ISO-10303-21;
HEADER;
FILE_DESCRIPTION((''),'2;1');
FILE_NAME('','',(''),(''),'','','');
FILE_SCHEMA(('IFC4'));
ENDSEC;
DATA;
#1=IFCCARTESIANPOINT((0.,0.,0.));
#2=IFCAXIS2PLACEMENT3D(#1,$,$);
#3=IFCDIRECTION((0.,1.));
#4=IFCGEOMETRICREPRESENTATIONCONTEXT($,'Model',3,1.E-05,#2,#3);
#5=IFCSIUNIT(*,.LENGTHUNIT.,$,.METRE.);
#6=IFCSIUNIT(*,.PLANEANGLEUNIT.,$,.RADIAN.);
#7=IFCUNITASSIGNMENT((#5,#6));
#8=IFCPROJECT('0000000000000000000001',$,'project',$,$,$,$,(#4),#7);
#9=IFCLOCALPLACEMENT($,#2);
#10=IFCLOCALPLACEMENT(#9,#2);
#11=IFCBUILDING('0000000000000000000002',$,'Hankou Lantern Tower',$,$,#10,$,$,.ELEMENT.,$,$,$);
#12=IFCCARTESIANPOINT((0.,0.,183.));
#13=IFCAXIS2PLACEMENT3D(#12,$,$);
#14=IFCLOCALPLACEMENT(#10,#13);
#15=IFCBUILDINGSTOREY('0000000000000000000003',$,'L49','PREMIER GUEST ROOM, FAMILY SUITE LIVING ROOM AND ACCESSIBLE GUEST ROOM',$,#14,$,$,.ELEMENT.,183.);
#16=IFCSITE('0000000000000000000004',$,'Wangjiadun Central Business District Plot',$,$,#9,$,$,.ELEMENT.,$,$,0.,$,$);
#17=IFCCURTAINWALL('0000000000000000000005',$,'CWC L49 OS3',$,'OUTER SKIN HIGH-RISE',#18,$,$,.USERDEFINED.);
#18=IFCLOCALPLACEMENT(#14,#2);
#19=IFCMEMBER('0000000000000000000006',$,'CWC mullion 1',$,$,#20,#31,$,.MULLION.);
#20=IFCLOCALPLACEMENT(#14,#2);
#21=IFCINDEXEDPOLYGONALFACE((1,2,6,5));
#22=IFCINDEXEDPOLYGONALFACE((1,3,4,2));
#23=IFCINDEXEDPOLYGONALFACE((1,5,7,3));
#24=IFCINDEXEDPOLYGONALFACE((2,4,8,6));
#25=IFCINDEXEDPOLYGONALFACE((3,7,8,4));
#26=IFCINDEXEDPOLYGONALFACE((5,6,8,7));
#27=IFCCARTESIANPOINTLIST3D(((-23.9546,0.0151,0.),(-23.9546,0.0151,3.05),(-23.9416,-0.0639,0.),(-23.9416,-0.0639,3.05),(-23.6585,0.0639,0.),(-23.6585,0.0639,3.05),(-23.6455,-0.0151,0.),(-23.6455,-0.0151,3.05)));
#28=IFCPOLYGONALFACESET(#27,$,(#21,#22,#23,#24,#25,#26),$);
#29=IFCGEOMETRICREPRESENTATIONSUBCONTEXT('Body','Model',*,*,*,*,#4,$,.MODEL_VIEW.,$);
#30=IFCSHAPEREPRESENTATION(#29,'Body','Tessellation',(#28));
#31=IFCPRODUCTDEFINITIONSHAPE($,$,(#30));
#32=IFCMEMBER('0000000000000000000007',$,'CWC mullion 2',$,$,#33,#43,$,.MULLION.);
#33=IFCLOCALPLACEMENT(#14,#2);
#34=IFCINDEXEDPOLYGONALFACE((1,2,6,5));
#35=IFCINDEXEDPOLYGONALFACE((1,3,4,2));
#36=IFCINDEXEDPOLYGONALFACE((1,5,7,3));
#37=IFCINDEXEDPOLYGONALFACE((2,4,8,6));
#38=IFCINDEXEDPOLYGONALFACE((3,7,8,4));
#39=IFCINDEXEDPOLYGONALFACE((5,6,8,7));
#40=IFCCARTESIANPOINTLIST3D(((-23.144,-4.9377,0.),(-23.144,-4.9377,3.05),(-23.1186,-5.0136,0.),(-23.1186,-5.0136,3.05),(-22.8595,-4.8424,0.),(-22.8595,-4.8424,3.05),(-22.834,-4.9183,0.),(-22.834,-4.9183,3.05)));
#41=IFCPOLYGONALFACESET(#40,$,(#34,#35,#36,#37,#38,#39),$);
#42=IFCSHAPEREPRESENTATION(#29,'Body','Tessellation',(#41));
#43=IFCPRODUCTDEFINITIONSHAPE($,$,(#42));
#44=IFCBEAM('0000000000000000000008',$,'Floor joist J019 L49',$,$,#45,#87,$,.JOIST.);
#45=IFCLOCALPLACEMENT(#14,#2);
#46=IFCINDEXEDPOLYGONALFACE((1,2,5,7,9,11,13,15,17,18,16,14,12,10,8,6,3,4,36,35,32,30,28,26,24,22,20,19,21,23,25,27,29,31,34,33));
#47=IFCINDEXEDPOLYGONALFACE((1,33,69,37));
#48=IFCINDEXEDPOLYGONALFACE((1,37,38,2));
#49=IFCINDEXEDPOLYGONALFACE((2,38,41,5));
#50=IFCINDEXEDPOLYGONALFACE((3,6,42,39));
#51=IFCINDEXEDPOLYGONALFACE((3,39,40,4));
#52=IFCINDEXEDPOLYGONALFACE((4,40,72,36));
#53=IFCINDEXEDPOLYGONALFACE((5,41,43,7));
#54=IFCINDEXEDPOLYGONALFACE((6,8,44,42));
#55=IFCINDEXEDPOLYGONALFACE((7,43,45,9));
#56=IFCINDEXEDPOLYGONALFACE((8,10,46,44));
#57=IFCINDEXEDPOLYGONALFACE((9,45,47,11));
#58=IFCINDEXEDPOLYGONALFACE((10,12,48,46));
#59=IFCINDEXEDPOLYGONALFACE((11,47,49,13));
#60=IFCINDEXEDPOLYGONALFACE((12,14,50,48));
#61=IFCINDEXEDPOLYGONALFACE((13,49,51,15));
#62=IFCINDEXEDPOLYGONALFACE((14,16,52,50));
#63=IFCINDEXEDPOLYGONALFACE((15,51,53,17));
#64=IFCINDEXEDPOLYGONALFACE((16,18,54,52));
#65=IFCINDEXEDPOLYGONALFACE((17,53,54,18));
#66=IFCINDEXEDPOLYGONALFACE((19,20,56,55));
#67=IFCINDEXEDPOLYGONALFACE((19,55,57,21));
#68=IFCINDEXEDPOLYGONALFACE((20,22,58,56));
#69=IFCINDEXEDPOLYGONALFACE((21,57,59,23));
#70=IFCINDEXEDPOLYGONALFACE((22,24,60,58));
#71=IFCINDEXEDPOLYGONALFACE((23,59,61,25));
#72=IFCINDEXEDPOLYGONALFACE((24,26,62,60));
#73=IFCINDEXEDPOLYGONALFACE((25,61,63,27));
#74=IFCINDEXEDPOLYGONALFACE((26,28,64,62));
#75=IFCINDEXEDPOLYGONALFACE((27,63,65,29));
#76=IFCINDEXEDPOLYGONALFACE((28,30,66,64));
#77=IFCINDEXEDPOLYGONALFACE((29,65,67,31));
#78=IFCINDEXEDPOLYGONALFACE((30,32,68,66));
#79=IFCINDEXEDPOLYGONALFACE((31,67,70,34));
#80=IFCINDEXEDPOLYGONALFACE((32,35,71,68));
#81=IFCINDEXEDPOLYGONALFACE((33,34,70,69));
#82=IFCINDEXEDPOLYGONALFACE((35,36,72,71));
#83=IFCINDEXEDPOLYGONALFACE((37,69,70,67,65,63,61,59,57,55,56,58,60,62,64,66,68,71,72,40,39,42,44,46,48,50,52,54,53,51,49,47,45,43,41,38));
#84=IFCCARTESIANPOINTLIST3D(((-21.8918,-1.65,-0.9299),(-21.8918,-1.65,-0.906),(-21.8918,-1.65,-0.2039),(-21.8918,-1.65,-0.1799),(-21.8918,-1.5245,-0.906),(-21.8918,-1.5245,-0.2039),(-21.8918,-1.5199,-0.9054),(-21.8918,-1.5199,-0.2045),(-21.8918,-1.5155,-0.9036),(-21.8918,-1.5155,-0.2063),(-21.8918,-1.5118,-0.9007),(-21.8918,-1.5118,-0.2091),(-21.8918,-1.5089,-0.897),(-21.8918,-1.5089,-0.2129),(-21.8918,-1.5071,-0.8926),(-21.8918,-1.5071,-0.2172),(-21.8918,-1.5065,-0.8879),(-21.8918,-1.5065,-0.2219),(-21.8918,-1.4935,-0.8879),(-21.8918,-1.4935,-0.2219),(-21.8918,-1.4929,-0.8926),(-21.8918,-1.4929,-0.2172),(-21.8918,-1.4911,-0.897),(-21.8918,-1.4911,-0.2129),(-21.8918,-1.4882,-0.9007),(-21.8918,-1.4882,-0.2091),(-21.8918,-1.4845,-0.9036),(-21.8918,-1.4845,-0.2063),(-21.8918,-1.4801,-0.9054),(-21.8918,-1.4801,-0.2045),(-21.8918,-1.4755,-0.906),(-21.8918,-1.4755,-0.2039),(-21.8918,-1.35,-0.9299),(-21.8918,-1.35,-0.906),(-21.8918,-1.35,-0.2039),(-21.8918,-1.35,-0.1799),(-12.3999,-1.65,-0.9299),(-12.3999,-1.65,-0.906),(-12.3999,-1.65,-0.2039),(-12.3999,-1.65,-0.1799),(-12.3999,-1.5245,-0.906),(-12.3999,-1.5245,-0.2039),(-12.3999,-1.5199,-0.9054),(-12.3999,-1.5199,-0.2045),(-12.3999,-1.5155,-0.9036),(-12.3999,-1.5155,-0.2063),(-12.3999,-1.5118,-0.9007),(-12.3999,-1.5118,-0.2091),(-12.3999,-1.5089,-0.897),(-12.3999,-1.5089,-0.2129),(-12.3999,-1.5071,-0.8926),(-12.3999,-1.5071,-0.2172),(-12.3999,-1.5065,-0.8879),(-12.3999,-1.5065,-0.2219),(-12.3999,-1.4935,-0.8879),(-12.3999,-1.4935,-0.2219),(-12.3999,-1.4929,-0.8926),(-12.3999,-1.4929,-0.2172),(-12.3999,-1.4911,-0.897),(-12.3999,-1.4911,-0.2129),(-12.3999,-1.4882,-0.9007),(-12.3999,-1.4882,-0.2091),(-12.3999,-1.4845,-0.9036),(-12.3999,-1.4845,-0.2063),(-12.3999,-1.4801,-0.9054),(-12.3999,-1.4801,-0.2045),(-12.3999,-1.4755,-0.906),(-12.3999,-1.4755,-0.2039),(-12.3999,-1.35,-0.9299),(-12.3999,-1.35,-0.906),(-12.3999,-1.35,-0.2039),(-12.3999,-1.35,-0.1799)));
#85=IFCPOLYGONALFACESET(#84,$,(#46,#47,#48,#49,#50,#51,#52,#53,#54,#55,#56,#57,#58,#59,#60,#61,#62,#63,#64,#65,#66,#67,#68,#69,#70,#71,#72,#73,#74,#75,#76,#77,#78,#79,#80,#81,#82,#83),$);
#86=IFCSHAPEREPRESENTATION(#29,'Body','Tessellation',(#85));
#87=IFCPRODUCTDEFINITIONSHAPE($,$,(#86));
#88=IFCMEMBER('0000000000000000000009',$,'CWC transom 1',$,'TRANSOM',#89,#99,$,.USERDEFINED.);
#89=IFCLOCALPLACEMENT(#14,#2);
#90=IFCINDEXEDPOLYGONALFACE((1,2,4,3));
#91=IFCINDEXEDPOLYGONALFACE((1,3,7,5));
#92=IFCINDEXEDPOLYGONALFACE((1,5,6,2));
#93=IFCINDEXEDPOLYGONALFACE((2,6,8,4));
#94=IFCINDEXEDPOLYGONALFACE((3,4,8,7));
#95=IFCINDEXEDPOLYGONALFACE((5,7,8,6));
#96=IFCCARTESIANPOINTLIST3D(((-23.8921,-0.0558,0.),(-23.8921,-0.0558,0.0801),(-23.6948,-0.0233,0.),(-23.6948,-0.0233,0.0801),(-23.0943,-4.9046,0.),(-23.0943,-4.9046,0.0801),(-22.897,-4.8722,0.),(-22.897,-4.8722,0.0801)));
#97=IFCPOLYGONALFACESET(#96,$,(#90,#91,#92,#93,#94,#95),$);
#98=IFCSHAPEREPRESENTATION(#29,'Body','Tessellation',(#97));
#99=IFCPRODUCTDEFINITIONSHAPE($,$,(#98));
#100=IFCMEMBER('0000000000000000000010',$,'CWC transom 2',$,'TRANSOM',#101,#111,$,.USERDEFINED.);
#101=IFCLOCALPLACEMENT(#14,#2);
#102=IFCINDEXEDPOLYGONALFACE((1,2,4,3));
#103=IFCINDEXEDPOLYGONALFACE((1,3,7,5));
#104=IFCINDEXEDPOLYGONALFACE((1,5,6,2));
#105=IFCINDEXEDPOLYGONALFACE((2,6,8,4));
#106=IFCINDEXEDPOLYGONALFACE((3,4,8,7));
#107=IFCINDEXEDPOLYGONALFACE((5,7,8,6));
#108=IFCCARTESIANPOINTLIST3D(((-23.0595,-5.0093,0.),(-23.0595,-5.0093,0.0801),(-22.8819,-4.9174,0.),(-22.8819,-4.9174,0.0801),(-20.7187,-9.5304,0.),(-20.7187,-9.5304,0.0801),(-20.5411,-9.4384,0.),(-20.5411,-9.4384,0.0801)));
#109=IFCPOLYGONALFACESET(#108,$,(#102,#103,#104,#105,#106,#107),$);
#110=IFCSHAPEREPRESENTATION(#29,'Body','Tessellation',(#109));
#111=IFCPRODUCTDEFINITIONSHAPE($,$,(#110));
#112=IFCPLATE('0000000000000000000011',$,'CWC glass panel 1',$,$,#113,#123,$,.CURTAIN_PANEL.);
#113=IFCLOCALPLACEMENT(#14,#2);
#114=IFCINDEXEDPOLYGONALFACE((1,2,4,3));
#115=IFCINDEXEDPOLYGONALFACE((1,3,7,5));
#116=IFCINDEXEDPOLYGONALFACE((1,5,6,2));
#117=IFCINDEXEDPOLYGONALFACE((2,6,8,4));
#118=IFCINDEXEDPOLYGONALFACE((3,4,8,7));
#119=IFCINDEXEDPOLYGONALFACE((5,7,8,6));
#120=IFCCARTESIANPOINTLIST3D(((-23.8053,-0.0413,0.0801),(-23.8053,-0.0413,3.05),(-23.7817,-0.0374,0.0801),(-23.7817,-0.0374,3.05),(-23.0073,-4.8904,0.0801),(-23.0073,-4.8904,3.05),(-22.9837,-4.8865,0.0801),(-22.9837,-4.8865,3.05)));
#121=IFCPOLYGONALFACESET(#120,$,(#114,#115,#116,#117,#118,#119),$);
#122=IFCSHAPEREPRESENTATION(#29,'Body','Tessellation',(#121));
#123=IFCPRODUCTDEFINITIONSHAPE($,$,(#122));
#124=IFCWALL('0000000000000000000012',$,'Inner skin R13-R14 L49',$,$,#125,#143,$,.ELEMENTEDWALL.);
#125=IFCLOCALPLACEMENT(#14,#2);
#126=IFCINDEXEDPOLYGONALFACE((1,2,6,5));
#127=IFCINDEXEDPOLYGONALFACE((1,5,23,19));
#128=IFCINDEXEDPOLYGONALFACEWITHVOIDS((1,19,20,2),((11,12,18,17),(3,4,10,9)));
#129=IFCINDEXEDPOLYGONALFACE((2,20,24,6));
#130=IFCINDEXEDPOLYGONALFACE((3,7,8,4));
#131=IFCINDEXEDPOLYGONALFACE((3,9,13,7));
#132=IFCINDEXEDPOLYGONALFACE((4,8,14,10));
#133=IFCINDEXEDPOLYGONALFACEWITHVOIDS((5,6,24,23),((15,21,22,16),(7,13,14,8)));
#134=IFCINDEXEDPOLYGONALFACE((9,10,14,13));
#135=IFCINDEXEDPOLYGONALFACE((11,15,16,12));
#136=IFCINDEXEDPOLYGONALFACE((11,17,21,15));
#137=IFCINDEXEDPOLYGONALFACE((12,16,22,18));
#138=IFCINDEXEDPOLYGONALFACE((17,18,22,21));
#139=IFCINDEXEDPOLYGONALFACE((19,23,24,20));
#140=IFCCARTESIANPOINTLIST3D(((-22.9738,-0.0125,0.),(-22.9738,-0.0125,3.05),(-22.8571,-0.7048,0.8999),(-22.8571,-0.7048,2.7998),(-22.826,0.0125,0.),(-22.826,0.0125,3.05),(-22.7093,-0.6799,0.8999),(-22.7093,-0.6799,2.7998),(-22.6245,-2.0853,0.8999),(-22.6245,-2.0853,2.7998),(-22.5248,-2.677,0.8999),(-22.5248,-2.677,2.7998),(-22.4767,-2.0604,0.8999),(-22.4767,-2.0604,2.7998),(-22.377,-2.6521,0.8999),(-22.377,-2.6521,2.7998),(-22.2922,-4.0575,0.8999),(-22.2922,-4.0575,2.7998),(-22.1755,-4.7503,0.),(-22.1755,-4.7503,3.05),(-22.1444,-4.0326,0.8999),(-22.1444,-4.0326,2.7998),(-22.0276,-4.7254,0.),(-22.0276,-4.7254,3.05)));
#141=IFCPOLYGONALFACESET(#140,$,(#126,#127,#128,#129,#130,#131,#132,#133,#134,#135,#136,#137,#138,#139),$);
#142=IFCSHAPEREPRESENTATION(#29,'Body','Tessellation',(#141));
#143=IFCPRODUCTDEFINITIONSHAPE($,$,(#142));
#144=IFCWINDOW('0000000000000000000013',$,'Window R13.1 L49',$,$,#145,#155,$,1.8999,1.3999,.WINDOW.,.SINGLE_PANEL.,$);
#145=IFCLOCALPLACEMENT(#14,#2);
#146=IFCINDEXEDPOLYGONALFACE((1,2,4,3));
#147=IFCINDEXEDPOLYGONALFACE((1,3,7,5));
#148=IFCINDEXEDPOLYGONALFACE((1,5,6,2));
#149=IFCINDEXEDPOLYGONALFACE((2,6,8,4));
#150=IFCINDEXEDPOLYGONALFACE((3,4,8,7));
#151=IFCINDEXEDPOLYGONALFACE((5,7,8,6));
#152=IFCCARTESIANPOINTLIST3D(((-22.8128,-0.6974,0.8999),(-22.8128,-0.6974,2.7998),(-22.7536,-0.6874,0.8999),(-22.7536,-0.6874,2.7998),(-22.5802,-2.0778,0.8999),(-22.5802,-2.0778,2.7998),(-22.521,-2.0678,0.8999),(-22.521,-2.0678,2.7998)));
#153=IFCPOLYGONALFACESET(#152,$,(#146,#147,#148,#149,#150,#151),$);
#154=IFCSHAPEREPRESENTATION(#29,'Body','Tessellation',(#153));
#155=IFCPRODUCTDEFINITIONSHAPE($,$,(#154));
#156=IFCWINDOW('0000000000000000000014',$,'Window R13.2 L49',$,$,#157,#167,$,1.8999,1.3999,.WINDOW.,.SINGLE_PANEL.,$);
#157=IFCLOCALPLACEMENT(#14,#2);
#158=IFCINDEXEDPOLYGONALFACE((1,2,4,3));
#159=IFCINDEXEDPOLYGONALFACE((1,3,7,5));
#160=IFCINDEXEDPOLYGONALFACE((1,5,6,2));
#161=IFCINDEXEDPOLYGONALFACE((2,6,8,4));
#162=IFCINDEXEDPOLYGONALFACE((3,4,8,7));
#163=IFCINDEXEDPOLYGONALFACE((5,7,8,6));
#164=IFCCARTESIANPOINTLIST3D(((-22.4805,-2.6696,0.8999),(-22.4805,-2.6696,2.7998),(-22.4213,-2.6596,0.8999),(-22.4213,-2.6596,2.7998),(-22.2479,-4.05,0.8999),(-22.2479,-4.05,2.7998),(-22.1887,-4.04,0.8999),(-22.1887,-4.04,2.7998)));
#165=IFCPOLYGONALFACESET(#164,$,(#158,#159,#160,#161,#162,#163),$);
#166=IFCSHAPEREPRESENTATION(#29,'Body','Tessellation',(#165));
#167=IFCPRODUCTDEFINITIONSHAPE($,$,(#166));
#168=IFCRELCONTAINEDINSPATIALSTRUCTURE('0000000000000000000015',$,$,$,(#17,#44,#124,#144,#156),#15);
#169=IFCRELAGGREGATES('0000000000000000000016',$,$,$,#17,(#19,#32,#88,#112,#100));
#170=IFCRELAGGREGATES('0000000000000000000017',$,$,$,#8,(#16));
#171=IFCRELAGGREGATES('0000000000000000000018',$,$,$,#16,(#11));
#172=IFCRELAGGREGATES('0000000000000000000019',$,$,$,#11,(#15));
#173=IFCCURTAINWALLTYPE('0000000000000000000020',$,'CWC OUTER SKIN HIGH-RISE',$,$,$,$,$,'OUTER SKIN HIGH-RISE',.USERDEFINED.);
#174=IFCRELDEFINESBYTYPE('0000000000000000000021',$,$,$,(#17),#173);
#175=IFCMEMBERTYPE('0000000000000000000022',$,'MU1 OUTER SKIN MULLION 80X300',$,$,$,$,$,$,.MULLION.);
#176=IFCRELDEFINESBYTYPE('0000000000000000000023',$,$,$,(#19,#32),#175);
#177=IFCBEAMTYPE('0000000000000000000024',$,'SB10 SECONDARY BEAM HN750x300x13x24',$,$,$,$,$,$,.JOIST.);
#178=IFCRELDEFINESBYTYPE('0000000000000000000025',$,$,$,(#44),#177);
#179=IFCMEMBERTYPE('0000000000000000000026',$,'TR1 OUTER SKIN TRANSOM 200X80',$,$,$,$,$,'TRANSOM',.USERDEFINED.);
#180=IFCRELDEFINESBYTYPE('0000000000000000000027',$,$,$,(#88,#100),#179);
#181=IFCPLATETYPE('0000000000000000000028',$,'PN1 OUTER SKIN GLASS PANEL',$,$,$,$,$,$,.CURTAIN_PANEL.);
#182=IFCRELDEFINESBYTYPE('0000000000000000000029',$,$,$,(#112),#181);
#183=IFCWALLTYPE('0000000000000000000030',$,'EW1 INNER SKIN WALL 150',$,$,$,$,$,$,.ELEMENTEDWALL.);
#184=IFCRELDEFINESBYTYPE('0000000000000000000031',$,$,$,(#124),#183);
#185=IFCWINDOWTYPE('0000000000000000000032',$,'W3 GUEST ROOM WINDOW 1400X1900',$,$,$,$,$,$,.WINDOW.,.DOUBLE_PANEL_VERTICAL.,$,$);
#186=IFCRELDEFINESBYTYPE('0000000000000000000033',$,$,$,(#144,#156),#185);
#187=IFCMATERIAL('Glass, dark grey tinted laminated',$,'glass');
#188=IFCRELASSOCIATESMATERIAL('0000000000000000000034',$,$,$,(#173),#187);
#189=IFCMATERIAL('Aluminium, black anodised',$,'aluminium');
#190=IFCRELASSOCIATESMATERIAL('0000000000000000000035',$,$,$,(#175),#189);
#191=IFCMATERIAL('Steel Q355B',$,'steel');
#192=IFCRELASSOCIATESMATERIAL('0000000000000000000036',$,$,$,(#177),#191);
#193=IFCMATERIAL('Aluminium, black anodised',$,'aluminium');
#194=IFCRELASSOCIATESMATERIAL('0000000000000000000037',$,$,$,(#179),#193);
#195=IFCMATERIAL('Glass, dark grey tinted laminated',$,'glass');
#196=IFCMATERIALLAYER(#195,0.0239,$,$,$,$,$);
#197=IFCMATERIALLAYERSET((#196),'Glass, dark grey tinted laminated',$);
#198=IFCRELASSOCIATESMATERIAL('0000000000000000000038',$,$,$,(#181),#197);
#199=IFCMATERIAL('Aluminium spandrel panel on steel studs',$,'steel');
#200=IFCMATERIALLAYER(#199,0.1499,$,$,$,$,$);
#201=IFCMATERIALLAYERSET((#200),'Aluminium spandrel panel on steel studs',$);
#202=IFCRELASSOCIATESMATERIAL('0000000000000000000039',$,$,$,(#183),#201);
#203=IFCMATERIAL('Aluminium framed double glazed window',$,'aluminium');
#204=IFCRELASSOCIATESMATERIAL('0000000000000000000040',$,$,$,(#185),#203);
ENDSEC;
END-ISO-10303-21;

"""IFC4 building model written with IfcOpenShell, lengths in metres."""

from ifc_helpers import new_model, si_unit, direction, frame, frame_2d, origin, origin_2d, place, context, subcontext, project, spatial, rectangle, i_section, extrude, material, layer, layer_set, material_profile, profile_set, type_object, element, fill, aggregate, save


model = new_model("IFC4")

# Units and contexts
model_context = context("Model", 3, precision=1e-05, world=origin(), true_north=direction((0.0, 1.0)))
body_context = subcontext(model_context, "Body", "Model", "MODEL_VIEW")
ifc_project = project(units=[si_unit("LENGTHUNIT", "METRE"), si_unit("PLANEANGLEUNIT", "RADIAN")], contexts=[model_context])

# Site, building, storey
site_placement = place(None, origin())
site = spatial("IfcSite", under=ifc_project, at=site_placement, Name="Wangjiadun Central Business District Plot", CompositionType="ELEMENT", RefElevation=0.0)
building_placement = place(site_placement, origin())
building = spatial("IfcBuilding", under=site, at=building_placement, Name="Hankou Lantern Tower", CompositionType="ELEMENT")
storey_placement = place(building_placement, frame((0.0, 0.0, 183.0)))
storey = spatial("IfcBuildingStorey", under=building, at=storey_placement, Name="L49", Description="PREMIER GUEST ROOM, FAMILY SUITE LIVING ROOM AND ACCESSIBLE GUEST ROOM", CompositionType="ELEMENT", Elevation=183.0)

# Curtain wall, members
ifc_material_1 = material(Name="Glass, dark grey tinted laminated", Category="glass")
curtain_wall_type = type_object("IfcCurtainWallType", Name="CWC OUTER SKIN HIGH-RISE", ElementType="OUTER SKIN HIGH-RISE", PredefinedType="USERDEFINED", material=ifc_material_1)
curtain_wall_placement = place(storey_placement, origin())
curtain_wall = element("IfcCurtainWall", 1, at=curtain_wall_placement, inside=storey, type_object=curtain_wall_type, Name="CWC L49 OS3", ObjectType="OUTER SKIN HIGH-RISE", PredefinedType="USERDEFINED")
ifc_material_2 = material(Name="Aluminium, black anodised", Category="aluminium")
ifc_material_profile_1 = material_profile(ifc_material_2, rectangle(XDim=0.0801, YDim=0.3, at=origin_2d()), Name="MU1 80X300")
ifc_profile_set_1 = profile_set([ifc_material_profile_1], Name="Aluminium, black anodised")
member_type_1 = type_object("IfcMemberType", Name="MU1 OUTER SKIN MULLION 80X300", PredefinedType="MULLION", material=ifc_profile_set_1)
member_1_placement = place(storey_placement, frame((-23.8, 0.0, 0.0), z_axis=(0.0, 0.0, 1.0), x_axis=(0.162382, -0.986728, 0.0)))
member_1 = element("IfcMember", 2, at=member_1_placement, type_object=member_type_1, Name="CWC mullion 1", PredefinedType="MULLION", context=body_context, shape_type="SweptSolid", body=[
    extrude(rectangle(XDim=0.0801, YDim=0.3, at=origin_2d()), origin(), (0.0, 0.0, 1.0), 3.05),
])
member_2_placement = place(storey_placement, frame((-22.989, -4.928, 0.0), z_axis=(0.0, 0.0, 1.0), x_axis=(0.317596, -0.948226, 0.0)))
member_2 = element("IfcMember", 3, at=member_2_placement, type_object=member_type_1, Name="CWC mullion 2", PredefinedType="MULLION", context=body_context, shape_type="SweptSolid", body=[
    extrude(rectangle(XDim=0.0801, YDim=0.3, at=origin_2d()), origin(), (0.0, 0.0, 1.0), 3.05),
])

# Beam
ifc_material_3 = material(Name="Steel Q355B", Category="steel")
ifc_material_profile_2 = material_profile(ifc_material_3, i_section(OverallWidth=0.3, OverallDepth=0.75, WebThickness=0.0129, FlangeThickness=0.0239, FilletRadius=0.0181, at=origin_2d()), Name="HN750x300x13x24")
ifc_profile_set_2 = profile_set([ifc_material_profile_2], Name="Steel Q355B")
beam_type_1 = type_object("IfcBeamType", Name="SB10 SECONDARY BEAM HN750x300x13x24", PredefinedType="JOIST", material=ifc_profile_set_2)
beam_1_placement = place(storey_placement, frame((-21.8918, -1.5, -0.5549), z_axis=(1.0, 0.0, 0.0), x_axis=(0.0, 1.0, 0.0)))
element("IfcBeam", 4, at=beam_1_placement, inside=storey, type_object=beam_type_1, Name="Floor joist J019 L49", PredefinedType="JOIST", context=body_context, shape_type="SweptSolid", body=[
    extrude(i_section(OverallWidth=0.3, OverallDepth=0.75, WebThickness=0.0129, FlangeThickness=0.0239, FilletRadius=0.0181, at=origin_2d()), origin(), (0.0, 0.0, 1.0), 9.4919),
])

# Members
ifc_material_4 = material(Name="Aluminium, black anodised", Category="aluminium")
ifc_material_profile_3 = material_profile(ifc_material_4, rectangle(XDim=0.2, YDim=0.0801, at=origin_2d()), Name="TR1 200X80")
ifc_profile_set_3 = profile_set([ifc_material_profile_3], Name="Aluminium, black anodised")
member_type_2 = type_object("IfcMemberType", Name="TR1 OUTER SKIN TRANSOM 200X80", ElementType="TRANSOM", PredefinedType="USERDEFINED", material=ifc_profile_set_3)
member_3_placement = place(storey_placement, frame((-23.7935, -0.0396, 0.04), z_axis=(0.16236, -0.986732, 0.0), x_axis=(0.986732, 0.16236, 0.0)))
member_3 = element("IfcMember", 5, at=member_3_placement, type_object=member_type_2, Name="CWC transom 1", ObjectType="TRANSOM", PredefinedType="USERDEFINED", context=body_context, shape_type="SweptSolid", body=[
    extrude(rectangle(XDim=0.2, YDim=0.0801, at=origin_2d()), origin(), (0.0, 0.0, 1.0), 4.9141),
])
member_4_placement = place(storey_placement, frame((-22.9707, -4.9634, 0.04), z_axis=(0.459791, -0.888027, 0.0), x_axis=(0.888027, 0.459791, 0.0)))
member_4 = element("IfcMember", 6, at=member_4_placement, type_object=member_type_2, Name="CWC transom 2", ObjectType="TRANSOM", PredefinedType="USERDEFINED", context=body_context, shape_type="SweptSolid", body=[
    extrude(rectangle(XDim=0.2, YDim=0.0801, at=origin_2d()), origin(), (0.0, 0.0, 1.0), 5.0911),
])

# Plate
ifc_material_5 = material(Name="Glass, dark grey tinted laminated", Category="glass")
ifc_layer_1 = layer(ifc_material_5, 0.0239)
ifc_layer_set_1 = layer_set([ifc_layer_1], Name="Glass, dark grey tinted laminated")
plate_type = type_object("IfcPlateType", Name="PN1 OUTER SKIN GLASS PANEL", PredefinedType="CURTAIN_PANEL", material=ifc_layer_set_1)
plate_placement = place(storey_placement, frame((-23.3945, -2.4639, 0.0801), z_axis=(0.0, 0.0, 1.0), x_axis=(0.162382, -0.986728, 0.0)))
plate = element("IfcPlate", 7, at=plate_placement, type_object=plate_type, Name="CWC glass panel 1", PredefinedType="CURTAIN_PANEL", context=body_context, shape_type="SweptSolid", body=[
    extrude(rectangle(XDim=4.9143, YDim=0.0239, at=origin_2d()), origin(), (0.0, 0.0, 1.0), 2.97),
])
aggregate(curtain_wall, [member_1, member_2, member_3, plate, member_4])

# Wall, openings, windows
ifc_material_6 = material(Name="Aluminium spandrel panel on steel studs", Category="steel")
ifc_layer_2 = layer(ifc_material_6, 0.1499)
ifc_layer_set_2 = layer_set([ifc_layer_2], Name="Aluminium spandrel panel on steel studs")
wall_type_1 = type_object("IfcWallType", Name="EW1 INNER SKIN WALL 150", PredefinedType="ELEMENTEDWALL", material=ifc_layer_set_2)
wall_1_placement = place(storey_placement, frame((-22.8999, 0.0, 0.0), z_axis=(0.0, 0.0, 1.0), x_axis=(0.166162, -0.986098, 0.0)))
wall_1 = element("IfcWall", 8, at=wall_1_placement, inside=storey, type_object=wall_type_1, Name="Inner skin R13-R14 L49", PredefinedType="ELEMENTEDWALL", context=body_context, shape_type="SweptSolid", body=[
    extrude(rectangle(XDim=4.8047, YDim=0.1499, at=frame_2d((2.4023, 0.0))), origin(), (0.0, 0.0, 1.0), 3.05),
])
opening_1_placement = place(wall_1_placement, frame((0.7021, 0.0, 0.8999)))
opening_1 = element("IfcOpeningElement", 9, at=opening_1_placement, cuts=wall_1, PredefinedType="OPENING", context=body_context, shape_type="SweptSolid", body=[
    extrude(rectangle(XDim=1.3999, YDim=1.8999, at=frame_2d((0.7, 0.95))), frame((0.0, 0.085, 0.0), z_axis=(0.0, -1.0, 0.0), x_axis=(1.0, 0.0, 0.0)), (0.0, 0.0, 1.0), 0.1699),
])
opening_2_placement = place(wall_1_placement, frame((2.7021, 0.0, 0.8999)))
opening_2 = element("IfcOpeningElement", 10, at=opening_2_placement, cuts=wall_1, PredefinedType="OPENING", context=body_context, shape_type="SweptSolid", body=[
    extrude(rectangle(XDim=1.3999, YDim=1.8999, at=frame_2d((0.7, 0.95))), frame((0.0, 0.085, 0.0), z_axis=(0.0, -1.0, 0.0), x_axis=(1.0, 0.0, 0.0)), (0.0, 0.0, 1.0), 0.1699),
])
ifc_material_7 = material(Name="Aluminium framed double glazed window", Category="aluminium")
window_type = type_object("IfcWindowType", Name="W3 GUEST ROOM WINDOW 1400X1900", PartitioningType="DOUBLE_PANEL_VERTICAL", PredefinedType="WINDOW", material=ifc_material_7)
window_1_placement = place(opening_1_placement, origin())
window_1 = element("IfcWindow", 11, at=window_1_placement, inside=storey, type_object=window_type, Name="Window R13.1 L49", OverallHeight=1.8999, OverallWidth=1.3999, PartitioningType="SINGLE_PANEL", PredefinedType="WINDOW", context=body_context, shape_type="SweptSolid", body=[
    extrude(rectangle(XDim=1.3999, YDim=1.8999, at=frame_2d((0.7, 0.95))), frame((0.0, 0.03, 0.0), z_axis=(0.0, -1.0, 0.0), x_axis=(1.0, 0.0, 0.0)), (0.0, 0.0, 1.0), 0.0601),
])
fill(opening_1, window_1)
window_2_placement = place(opening_2_placement, origin())
window_2 = element("IfcWindow", 12, at=window_2_placement, inside=storey, type_object=window_type, Name="Window R13.2 L49", OverallHeight=1.8999, OverallWidth=1.3999, PartitioningType="SINGLE_PANEL", PredefinedType="WINDOW", context=body_context, shape_type="SweptSolid", body=[
    extrude(rectangle(XDim=1.3999, YDim=1.8999, at=frame_2d((0.7, 0.95))), frame((0.0, 0.03, 0.0), z_axis=(0.0, -1.0, 0.0), x_axis=(1.0, 0.0, 0.0)), (0.0, 0.0, 1.0), 0.0601),
])
fill(opening_2, window_2)

save(model, "model.ifc")
